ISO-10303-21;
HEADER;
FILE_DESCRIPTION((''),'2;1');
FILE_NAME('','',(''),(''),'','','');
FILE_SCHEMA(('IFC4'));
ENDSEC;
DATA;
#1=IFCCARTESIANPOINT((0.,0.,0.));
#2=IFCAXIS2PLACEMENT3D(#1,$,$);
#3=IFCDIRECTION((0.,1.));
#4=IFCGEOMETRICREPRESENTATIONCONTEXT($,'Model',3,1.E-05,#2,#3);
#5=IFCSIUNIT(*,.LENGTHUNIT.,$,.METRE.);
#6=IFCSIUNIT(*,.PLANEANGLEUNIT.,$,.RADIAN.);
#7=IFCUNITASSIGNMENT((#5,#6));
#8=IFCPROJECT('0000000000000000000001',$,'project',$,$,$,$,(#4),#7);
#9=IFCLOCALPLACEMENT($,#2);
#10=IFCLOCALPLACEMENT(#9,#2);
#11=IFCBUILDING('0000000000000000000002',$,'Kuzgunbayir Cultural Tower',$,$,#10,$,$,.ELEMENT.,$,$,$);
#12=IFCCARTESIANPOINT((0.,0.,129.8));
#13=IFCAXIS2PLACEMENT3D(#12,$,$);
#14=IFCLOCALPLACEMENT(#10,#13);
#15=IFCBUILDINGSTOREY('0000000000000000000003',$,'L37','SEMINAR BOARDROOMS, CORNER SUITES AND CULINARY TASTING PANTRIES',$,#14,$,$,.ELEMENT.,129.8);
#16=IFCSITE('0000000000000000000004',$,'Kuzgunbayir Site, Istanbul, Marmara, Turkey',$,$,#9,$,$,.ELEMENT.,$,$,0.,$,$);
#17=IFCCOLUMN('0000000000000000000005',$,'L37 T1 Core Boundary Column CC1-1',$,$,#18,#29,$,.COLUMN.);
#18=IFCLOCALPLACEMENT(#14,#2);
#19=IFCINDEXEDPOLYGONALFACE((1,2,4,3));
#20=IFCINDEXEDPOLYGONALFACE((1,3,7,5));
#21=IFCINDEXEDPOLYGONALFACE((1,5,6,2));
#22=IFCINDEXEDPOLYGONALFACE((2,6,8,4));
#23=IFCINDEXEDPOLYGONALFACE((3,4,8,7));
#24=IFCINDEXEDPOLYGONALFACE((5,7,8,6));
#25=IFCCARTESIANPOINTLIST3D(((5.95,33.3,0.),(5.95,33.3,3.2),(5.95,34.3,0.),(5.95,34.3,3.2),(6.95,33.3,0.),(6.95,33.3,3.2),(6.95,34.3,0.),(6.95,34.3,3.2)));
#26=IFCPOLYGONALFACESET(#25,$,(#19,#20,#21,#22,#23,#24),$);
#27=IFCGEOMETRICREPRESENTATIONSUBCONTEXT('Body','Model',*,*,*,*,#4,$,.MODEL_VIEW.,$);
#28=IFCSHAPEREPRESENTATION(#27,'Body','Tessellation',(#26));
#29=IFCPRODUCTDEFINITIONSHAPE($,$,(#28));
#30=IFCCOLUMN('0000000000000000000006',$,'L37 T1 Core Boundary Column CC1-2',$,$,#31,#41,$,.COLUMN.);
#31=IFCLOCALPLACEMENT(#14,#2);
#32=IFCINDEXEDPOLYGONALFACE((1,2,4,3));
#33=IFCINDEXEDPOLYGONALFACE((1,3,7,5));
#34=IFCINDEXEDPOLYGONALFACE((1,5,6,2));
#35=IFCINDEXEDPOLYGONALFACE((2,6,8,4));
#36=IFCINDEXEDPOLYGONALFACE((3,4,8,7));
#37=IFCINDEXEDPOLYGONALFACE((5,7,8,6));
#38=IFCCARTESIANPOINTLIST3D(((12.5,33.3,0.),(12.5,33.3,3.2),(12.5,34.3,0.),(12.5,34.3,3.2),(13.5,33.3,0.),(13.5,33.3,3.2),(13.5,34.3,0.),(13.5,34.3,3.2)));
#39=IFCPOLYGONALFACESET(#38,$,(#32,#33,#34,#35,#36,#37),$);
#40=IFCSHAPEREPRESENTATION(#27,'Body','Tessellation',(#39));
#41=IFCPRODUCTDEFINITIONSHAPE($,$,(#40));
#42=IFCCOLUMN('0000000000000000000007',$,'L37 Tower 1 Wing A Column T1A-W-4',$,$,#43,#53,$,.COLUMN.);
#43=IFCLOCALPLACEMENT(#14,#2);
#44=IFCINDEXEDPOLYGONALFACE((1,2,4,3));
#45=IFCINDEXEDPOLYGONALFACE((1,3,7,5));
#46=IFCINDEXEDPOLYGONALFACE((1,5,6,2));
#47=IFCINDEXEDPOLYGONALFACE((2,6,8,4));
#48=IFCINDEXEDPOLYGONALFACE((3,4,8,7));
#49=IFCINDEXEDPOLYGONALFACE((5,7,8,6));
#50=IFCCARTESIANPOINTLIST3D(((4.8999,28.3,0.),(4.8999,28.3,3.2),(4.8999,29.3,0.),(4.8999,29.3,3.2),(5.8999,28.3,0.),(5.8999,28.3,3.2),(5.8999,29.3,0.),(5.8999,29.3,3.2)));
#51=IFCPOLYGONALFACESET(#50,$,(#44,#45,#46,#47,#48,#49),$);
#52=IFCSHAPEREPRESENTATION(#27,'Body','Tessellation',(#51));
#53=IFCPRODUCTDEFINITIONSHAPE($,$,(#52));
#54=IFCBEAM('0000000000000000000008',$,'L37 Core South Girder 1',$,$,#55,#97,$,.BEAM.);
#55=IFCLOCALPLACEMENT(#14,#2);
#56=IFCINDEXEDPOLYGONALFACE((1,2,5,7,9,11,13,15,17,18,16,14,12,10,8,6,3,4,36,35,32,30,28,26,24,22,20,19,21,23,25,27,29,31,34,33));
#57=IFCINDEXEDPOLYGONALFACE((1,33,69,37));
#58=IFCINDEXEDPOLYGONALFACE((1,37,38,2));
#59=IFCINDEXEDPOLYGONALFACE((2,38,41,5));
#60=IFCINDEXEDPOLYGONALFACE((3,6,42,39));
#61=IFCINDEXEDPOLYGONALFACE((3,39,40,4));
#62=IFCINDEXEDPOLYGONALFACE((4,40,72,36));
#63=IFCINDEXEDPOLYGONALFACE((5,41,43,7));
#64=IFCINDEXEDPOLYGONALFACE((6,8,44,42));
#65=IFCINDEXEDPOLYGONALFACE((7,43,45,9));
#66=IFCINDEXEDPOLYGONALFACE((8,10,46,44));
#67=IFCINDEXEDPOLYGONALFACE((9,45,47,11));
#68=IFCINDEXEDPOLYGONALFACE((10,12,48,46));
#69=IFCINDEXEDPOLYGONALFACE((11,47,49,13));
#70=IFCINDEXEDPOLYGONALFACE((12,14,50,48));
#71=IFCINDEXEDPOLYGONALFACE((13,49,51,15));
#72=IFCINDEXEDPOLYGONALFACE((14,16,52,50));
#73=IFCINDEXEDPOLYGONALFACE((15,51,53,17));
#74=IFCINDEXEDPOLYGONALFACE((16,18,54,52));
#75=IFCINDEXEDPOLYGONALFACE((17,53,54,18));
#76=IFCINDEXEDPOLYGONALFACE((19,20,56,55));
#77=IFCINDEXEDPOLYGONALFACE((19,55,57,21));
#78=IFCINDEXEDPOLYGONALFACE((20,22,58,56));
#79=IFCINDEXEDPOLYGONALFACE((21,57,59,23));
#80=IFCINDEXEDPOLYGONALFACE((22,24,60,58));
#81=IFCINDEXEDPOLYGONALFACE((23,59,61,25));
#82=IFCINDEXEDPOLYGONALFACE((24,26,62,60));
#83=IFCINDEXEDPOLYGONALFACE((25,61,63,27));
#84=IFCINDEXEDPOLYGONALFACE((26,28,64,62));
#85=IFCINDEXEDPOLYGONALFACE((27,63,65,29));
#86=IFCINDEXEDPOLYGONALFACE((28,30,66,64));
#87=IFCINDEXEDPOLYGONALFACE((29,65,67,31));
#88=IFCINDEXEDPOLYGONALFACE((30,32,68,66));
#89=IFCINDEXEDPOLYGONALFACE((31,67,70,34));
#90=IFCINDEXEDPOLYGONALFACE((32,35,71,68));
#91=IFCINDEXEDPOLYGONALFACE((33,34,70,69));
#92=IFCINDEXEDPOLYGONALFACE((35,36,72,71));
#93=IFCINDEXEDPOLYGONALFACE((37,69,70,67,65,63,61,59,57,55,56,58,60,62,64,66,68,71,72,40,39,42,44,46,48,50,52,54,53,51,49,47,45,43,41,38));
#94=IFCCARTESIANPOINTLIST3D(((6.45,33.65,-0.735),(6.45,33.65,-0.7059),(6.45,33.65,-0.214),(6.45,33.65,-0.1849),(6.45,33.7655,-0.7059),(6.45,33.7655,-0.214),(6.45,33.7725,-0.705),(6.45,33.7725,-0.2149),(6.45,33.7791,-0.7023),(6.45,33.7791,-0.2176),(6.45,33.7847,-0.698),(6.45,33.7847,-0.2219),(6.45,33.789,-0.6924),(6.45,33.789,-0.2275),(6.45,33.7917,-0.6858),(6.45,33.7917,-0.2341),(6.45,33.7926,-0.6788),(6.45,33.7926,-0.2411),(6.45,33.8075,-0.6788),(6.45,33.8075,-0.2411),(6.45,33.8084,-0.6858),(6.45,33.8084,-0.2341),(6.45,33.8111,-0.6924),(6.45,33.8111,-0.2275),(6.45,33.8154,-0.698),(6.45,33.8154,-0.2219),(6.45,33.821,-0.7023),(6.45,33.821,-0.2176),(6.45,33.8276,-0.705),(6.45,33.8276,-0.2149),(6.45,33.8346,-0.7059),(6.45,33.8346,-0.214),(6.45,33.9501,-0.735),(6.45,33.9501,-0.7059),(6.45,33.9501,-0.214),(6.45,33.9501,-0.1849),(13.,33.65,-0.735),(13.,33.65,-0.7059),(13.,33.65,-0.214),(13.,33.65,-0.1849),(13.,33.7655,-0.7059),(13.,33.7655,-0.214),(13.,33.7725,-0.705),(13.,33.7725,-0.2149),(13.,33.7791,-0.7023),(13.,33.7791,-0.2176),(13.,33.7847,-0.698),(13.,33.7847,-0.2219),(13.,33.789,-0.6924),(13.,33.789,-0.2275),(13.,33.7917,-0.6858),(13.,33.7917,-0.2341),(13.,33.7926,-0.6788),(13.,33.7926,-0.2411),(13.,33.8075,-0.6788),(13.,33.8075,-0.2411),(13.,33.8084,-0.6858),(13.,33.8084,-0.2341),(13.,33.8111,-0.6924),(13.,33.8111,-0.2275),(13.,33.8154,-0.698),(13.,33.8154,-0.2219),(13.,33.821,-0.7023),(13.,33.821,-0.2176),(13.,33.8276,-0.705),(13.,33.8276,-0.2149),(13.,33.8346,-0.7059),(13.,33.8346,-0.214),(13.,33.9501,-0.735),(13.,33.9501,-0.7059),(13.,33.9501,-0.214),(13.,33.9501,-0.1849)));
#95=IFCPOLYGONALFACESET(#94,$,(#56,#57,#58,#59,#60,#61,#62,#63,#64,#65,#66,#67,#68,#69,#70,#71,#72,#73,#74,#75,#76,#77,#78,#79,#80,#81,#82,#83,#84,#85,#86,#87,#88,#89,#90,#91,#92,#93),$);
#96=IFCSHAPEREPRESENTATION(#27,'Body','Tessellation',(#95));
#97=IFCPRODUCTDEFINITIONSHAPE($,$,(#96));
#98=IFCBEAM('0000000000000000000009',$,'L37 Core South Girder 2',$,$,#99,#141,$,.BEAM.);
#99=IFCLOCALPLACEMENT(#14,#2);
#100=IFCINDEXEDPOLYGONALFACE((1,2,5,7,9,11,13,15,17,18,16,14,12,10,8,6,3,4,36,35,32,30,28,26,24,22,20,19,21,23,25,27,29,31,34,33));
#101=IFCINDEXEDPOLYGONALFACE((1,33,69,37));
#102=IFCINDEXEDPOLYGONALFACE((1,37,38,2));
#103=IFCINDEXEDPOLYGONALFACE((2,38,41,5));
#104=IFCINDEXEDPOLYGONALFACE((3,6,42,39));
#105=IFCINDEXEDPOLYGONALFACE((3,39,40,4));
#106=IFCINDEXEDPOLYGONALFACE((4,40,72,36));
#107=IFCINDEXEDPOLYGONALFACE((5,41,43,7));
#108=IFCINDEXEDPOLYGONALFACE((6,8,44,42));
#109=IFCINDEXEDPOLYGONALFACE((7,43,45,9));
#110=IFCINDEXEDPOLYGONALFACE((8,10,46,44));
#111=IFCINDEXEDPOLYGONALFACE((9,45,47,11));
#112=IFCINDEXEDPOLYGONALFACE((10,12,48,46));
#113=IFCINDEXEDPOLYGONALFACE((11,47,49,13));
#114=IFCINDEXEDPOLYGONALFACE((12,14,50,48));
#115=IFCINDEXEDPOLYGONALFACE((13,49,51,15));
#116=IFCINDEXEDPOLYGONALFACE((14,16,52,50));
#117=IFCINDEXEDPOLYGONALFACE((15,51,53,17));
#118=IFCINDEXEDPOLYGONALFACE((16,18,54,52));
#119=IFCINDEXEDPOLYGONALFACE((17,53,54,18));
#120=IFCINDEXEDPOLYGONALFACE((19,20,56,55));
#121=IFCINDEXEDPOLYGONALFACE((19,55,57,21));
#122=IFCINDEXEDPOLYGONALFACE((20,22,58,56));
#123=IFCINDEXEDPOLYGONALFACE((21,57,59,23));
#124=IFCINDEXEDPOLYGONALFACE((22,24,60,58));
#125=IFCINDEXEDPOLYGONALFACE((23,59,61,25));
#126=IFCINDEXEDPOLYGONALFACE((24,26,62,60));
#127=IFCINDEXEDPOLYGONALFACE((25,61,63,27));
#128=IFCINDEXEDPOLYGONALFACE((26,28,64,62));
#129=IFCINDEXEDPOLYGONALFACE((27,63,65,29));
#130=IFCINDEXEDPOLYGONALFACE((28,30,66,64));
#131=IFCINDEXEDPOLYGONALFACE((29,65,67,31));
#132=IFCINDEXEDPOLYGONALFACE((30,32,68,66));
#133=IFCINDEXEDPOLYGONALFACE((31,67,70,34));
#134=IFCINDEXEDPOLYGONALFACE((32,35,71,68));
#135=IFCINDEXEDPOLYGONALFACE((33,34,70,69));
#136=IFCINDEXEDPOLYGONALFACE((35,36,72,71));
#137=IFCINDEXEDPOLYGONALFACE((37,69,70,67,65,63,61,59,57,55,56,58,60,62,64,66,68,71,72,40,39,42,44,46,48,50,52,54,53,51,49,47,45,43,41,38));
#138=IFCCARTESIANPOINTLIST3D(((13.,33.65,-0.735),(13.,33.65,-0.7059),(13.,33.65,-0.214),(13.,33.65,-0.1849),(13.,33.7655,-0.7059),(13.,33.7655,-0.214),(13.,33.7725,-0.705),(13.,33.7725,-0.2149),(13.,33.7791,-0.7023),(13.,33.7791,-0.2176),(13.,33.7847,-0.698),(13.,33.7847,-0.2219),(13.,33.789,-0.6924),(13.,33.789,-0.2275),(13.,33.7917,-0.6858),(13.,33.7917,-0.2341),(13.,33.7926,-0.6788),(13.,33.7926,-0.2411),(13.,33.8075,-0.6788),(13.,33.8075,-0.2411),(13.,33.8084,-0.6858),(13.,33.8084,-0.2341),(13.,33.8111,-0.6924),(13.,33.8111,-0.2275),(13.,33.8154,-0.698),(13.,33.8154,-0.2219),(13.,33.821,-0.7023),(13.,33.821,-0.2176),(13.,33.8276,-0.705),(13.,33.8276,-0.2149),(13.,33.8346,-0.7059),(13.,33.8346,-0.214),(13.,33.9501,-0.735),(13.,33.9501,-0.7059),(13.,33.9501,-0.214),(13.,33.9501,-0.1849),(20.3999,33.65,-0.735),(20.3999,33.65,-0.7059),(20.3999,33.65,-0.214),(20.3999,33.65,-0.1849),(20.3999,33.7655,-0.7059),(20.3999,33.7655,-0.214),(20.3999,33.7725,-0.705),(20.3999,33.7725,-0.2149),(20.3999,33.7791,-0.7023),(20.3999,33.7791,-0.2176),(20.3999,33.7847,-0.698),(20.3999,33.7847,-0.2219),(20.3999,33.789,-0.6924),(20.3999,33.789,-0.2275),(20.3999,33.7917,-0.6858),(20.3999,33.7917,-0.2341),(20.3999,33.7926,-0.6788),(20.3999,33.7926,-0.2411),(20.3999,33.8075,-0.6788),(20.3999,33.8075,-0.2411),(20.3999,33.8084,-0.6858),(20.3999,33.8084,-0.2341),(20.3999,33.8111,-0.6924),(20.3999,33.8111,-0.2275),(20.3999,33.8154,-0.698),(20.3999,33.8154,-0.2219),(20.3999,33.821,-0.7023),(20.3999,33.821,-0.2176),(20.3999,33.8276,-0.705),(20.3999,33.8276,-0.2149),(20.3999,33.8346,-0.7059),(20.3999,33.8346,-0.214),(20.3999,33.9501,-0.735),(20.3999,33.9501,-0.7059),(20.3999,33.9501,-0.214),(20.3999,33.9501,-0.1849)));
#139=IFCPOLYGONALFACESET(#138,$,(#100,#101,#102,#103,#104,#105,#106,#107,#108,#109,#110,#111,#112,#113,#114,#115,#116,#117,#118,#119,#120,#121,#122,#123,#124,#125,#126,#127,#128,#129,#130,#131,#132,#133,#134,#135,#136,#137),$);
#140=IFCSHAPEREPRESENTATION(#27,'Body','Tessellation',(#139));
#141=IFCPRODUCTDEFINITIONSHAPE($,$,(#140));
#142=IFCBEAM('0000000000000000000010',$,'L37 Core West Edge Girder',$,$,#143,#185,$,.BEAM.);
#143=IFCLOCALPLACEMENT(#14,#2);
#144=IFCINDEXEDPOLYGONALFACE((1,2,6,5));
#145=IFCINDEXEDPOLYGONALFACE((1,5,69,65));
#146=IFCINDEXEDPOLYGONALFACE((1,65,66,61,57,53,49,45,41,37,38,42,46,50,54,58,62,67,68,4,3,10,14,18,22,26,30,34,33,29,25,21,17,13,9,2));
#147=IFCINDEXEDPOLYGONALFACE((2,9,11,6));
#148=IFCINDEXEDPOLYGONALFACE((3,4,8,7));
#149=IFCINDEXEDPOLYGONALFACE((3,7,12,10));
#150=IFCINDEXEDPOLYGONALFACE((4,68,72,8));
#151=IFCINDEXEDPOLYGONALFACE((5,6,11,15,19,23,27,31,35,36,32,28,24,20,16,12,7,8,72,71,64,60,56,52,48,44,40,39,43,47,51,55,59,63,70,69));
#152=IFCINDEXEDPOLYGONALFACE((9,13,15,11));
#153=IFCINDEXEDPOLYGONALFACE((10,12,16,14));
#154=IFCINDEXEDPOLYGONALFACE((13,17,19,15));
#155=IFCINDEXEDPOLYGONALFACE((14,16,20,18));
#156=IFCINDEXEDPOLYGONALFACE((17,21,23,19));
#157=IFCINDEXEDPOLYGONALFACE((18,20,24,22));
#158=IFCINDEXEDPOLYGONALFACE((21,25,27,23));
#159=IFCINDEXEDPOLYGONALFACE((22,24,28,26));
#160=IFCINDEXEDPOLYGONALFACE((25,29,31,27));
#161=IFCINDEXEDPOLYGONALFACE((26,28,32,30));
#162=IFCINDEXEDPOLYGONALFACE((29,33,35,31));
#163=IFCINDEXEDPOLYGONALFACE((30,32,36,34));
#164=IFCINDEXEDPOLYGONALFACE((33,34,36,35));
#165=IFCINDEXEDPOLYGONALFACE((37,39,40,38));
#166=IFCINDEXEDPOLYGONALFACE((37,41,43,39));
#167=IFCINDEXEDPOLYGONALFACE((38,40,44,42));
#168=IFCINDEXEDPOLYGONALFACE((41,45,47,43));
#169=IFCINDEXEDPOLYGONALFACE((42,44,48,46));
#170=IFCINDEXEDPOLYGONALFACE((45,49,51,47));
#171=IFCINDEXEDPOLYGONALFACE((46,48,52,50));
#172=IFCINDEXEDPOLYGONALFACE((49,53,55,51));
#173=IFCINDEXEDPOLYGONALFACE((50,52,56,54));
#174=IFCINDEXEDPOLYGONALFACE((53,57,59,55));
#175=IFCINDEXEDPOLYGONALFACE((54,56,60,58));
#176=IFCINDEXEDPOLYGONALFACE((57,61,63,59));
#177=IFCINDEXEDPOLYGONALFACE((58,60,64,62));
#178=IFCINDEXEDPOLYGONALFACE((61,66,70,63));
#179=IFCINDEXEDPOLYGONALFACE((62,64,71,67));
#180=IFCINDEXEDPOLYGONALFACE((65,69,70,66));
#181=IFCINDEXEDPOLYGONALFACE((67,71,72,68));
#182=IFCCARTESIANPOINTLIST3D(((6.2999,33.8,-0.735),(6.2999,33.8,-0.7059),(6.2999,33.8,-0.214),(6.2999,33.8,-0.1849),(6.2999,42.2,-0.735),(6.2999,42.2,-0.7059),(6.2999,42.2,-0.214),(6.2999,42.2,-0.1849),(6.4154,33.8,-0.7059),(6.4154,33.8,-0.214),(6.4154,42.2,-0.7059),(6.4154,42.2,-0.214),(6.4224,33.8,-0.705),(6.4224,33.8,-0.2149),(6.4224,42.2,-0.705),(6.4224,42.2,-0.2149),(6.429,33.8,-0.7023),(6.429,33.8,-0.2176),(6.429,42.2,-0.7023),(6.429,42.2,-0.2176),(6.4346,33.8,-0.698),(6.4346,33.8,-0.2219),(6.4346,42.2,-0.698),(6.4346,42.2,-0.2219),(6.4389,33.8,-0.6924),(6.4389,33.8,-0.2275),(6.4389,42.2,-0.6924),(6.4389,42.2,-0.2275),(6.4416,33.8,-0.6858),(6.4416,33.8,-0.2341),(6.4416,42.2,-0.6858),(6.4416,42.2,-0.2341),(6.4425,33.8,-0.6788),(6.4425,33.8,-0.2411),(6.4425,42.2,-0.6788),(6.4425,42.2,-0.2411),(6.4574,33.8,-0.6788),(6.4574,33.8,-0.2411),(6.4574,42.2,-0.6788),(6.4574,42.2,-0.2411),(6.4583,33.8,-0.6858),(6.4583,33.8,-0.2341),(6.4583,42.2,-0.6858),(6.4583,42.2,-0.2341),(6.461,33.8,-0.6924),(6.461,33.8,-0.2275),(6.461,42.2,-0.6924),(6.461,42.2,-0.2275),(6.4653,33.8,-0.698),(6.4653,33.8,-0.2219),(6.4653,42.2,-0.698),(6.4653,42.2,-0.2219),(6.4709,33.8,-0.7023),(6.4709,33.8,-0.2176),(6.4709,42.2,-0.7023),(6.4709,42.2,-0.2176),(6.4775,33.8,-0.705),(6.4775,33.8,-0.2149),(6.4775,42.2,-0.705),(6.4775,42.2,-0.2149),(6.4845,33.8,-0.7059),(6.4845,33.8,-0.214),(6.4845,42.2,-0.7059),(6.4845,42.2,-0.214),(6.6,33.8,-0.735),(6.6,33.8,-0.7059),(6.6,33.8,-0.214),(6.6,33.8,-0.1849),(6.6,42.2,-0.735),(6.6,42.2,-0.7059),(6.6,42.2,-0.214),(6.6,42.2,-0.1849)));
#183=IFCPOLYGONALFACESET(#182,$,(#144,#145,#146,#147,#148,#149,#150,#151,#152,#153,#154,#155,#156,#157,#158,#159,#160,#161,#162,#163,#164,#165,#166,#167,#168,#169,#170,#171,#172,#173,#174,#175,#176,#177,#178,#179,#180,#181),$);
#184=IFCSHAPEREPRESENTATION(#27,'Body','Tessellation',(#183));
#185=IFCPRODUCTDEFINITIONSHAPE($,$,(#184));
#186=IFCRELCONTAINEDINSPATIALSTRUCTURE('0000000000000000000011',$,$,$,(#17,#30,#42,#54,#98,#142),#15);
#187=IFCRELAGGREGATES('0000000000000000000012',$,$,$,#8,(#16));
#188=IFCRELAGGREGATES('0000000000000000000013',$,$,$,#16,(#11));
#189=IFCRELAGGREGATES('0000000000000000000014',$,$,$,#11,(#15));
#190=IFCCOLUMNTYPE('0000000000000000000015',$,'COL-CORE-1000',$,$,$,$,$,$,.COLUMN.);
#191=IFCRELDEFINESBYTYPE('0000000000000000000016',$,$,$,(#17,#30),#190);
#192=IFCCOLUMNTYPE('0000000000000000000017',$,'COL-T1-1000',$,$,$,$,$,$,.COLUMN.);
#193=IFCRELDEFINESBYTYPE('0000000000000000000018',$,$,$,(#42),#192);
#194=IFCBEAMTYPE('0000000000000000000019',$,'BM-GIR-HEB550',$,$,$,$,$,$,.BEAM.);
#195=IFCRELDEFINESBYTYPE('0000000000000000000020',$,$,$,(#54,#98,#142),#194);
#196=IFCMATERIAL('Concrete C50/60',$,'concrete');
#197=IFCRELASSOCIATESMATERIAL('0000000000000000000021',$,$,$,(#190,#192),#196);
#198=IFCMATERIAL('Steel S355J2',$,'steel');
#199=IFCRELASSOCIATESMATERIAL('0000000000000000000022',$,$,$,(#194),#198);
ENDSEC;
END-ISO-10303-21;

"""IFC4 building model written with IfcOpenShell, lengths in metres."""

from ifc_helpers import new_model, si_unit, direction, frame, origin, origin_2d, place, context, subcontext, project, spatial, rectangle, i_section, extrude, material, material_profile, profile_set, type_object, element, save


model = new_model("IFC4")

# Units and contexts
model_context = context("Model", 3, precision=1e-05, world=origin(), true_north=direction((0.0, 1.0)))
body_context = subcontext(model_context, "Body", "Model", "MODEL_VIEW")
ifc_project = project(units=[si_unit("LENGTHUNIT", "METRE"), si_unit("PLANEANGLEUNIT", "RADIAN")], contexts=[model_context])

# Site, building, storey
site_placement = place(None, origin())
site = spatial("IfcSite", under=ifc_project, at=site_placement, Name="Kuzgunbayir Site, Istanbul, Marmara, Turkey", CompositionType="ELEMENT", RefElevation=0.0)
building_placement = place(site_placement, origin())
building = spatial("IfcBuilding", under=site, at=building_placement, Name="Kuzgunbayir Cultural Tower", CompositionType="ELEMENT")
storey_placement = place(building_placement, frame((0.0, 0.0, 129.8)))
storey = spatial("IfcBuildingStorey", under=building, at=storey_placement, Name="L37", Description="SEMINAR BOARDROOMS, CORNER SUITES AND CULINARY TASTING PANTRIES", CompositionType="ELEMENT", Elevation=129.8)

# Columns
ifc_material_1 = material(Name="Concrete C50/60", Category="concrete")
ifc_material_profile_1 = material_profile(ifc_material_1, rectangle(XDim=1.0, YDim=1.0, at=origin_2d()), Name="RC 1000x1000")
ifc_profile_set_1 = profile_set([ifc_material_profile_1], Name="Concrete C50/60")
column_type_1 = type_object("IfcColumnType", Name="COL-CORE-1000", PredefinedType="COLUMN", material=ifc_profile_set_1)
for number, where, z_axis, x_axis, name in (
    (1, (6.45, 33.8, 0.0), (0.0, 0.0, 1.0), (1.0, 0.0, 0.0), "L37 T1 Core Boundary Column CC1-1"),
    (2, (13.0, 33.8, 0.0), (0.0, 0.0, 1.0), (1.0, 0.0, 0.0), "L37 T1 Core Boundary Column CC1-2"),
):
    element("IfcColumn", number, at=place(storey_placement, frame(where, z_axis=z_axis, x_axis=x_axis)), inside=storey, type_object=column_type_1, Name=name, PredefinedType="COLUMN", context=body_context, shape_type="SweptSolid", body=[
        extrude(rectangle(XDim=1.0, YDim=1.0, at=origin_2d()), origin(), (0.0, 0.0, 1.0), 3.2),
    ])
ifc_material_profile_2 = material_profile(ifc_material_1, rectangle(XDim=1.0, YDim=1.0, at=origin_2d()), Name="RC 1000x1000")
ifc_profile_set_2 = profile_set([ifc_material_profile_2], Name="Concrete C50/60")
column_type_2 = type_object("IfcColumnType", Name="COL-T1-1000", PredefinedType="COLUMN", material=ifc_profile_set_2)
column_placement = place(storey_placement, frame((5.3999, 28.8, 0.0), z_axis=(0.0, 0.0, 1.0), x_axis=(1.0, 0.0, 0.0)))
element("IfcColumn", 3, at=column_placement, inside=storey, type_object=column_type_2, Name="L37 Tower 1 Wing A Column T1A-W-4", PredefinedType="COLUMN", context=body_context, shape_type="SweptSolid", body=[
    extrude(rectangle(XDim=1.0, YDim=1.0, at=origin_2d()), origin(), (0.0, 0.0, 1.0), 3.2),
])

# Beams
ifc_material_2 = material(Name="Steel S355J2", Category="steel")
ifc_material_profile_3 = material_profile(ifc_material_2, i_section(OverallWidth=0.3, OverallDepth=0.55, WebThickness=0.0149, FlangeThickness=0.0291, FilletRadius=0.0271, at=origin_2d()), Name="HEB 550")
ifc_profile_set_3 = profile_set([ifc_material_profile_3], Name="Steel S355J2")
beam_type = type_object("IfcBeamType", Name="BM-GIR-HEB550", PredefinedType="BEAM", material=ifc_profile_set_3)
beam_1_placement = place(storey_placement, frame((6.45, 33.8, -0.46), z_axis=(1.0, 0.0, 0.0), x_axis=(0.0, 1.0, 0.0)))
element("IfcBeam", 4, at=beam_1_placement, inside=storey, type_object=beam_type, Name="L37 Core South Girder 1", PredefinedType="BEAM", context=body_context, shape_type="SweptSolid", body=[
    extrude(i_section(OverallWidth=0.3, OverallDepth=0.55, WebThickness=0.0149, FlangeThickness=0.0291, FilletRadius=0.0271, at=origin_2d()), origin(), (0.0, 0.0, 1.0), 6.55),
])
beam_2_placement = place(storey_placement, frame((13.0, 33.8, -0.46), z_axis=(1.0, 0.0, 0.0), x_axis=(0.0, 1.0, 0.0)))
element("IfcBeam", 5, at=beam_2_placement, inside=storey, type_object=beam_type, Name="L37 Core South Girder 2", PredefinedType="BEAM", context=body_context, shape_type="SweptSolid", body=[
    extrude(i_section(OverallWidth=0.3, OverallDepth=0.55, WebThickness=0.0149, FlangeThickness=0.0291, FilletRadius=0.0271, at=origin_2d()), origin(), (0.0, 0.0, 1.0), 7.3999),
])
beam_3_placement = place(storey_placement, frame((6.45, 33.8, -0.46), z_axis=(0.0, 1.0, 0.0), x_axis=(-1.0, 0.0, 0.0)))
element("IfcBeam", 6, at=beam_3_placement, inside=storey, type_object=beam_type, Name="L37 Core West Edge Girder", PredefinedType="BEAM", context=body_context, shape_type="SweptSolid", body=[
    extrude(i_section(OverallWidth=0.3, OverallDepth=0.55, WebThickness=0.0149, FlangeThickness=0.0291, FilletRadius=0.0271, at=origin_2d()), origin(), (0.0, 0.0, 1.0), 8.3999),
])

save(model, "model.ifc")
